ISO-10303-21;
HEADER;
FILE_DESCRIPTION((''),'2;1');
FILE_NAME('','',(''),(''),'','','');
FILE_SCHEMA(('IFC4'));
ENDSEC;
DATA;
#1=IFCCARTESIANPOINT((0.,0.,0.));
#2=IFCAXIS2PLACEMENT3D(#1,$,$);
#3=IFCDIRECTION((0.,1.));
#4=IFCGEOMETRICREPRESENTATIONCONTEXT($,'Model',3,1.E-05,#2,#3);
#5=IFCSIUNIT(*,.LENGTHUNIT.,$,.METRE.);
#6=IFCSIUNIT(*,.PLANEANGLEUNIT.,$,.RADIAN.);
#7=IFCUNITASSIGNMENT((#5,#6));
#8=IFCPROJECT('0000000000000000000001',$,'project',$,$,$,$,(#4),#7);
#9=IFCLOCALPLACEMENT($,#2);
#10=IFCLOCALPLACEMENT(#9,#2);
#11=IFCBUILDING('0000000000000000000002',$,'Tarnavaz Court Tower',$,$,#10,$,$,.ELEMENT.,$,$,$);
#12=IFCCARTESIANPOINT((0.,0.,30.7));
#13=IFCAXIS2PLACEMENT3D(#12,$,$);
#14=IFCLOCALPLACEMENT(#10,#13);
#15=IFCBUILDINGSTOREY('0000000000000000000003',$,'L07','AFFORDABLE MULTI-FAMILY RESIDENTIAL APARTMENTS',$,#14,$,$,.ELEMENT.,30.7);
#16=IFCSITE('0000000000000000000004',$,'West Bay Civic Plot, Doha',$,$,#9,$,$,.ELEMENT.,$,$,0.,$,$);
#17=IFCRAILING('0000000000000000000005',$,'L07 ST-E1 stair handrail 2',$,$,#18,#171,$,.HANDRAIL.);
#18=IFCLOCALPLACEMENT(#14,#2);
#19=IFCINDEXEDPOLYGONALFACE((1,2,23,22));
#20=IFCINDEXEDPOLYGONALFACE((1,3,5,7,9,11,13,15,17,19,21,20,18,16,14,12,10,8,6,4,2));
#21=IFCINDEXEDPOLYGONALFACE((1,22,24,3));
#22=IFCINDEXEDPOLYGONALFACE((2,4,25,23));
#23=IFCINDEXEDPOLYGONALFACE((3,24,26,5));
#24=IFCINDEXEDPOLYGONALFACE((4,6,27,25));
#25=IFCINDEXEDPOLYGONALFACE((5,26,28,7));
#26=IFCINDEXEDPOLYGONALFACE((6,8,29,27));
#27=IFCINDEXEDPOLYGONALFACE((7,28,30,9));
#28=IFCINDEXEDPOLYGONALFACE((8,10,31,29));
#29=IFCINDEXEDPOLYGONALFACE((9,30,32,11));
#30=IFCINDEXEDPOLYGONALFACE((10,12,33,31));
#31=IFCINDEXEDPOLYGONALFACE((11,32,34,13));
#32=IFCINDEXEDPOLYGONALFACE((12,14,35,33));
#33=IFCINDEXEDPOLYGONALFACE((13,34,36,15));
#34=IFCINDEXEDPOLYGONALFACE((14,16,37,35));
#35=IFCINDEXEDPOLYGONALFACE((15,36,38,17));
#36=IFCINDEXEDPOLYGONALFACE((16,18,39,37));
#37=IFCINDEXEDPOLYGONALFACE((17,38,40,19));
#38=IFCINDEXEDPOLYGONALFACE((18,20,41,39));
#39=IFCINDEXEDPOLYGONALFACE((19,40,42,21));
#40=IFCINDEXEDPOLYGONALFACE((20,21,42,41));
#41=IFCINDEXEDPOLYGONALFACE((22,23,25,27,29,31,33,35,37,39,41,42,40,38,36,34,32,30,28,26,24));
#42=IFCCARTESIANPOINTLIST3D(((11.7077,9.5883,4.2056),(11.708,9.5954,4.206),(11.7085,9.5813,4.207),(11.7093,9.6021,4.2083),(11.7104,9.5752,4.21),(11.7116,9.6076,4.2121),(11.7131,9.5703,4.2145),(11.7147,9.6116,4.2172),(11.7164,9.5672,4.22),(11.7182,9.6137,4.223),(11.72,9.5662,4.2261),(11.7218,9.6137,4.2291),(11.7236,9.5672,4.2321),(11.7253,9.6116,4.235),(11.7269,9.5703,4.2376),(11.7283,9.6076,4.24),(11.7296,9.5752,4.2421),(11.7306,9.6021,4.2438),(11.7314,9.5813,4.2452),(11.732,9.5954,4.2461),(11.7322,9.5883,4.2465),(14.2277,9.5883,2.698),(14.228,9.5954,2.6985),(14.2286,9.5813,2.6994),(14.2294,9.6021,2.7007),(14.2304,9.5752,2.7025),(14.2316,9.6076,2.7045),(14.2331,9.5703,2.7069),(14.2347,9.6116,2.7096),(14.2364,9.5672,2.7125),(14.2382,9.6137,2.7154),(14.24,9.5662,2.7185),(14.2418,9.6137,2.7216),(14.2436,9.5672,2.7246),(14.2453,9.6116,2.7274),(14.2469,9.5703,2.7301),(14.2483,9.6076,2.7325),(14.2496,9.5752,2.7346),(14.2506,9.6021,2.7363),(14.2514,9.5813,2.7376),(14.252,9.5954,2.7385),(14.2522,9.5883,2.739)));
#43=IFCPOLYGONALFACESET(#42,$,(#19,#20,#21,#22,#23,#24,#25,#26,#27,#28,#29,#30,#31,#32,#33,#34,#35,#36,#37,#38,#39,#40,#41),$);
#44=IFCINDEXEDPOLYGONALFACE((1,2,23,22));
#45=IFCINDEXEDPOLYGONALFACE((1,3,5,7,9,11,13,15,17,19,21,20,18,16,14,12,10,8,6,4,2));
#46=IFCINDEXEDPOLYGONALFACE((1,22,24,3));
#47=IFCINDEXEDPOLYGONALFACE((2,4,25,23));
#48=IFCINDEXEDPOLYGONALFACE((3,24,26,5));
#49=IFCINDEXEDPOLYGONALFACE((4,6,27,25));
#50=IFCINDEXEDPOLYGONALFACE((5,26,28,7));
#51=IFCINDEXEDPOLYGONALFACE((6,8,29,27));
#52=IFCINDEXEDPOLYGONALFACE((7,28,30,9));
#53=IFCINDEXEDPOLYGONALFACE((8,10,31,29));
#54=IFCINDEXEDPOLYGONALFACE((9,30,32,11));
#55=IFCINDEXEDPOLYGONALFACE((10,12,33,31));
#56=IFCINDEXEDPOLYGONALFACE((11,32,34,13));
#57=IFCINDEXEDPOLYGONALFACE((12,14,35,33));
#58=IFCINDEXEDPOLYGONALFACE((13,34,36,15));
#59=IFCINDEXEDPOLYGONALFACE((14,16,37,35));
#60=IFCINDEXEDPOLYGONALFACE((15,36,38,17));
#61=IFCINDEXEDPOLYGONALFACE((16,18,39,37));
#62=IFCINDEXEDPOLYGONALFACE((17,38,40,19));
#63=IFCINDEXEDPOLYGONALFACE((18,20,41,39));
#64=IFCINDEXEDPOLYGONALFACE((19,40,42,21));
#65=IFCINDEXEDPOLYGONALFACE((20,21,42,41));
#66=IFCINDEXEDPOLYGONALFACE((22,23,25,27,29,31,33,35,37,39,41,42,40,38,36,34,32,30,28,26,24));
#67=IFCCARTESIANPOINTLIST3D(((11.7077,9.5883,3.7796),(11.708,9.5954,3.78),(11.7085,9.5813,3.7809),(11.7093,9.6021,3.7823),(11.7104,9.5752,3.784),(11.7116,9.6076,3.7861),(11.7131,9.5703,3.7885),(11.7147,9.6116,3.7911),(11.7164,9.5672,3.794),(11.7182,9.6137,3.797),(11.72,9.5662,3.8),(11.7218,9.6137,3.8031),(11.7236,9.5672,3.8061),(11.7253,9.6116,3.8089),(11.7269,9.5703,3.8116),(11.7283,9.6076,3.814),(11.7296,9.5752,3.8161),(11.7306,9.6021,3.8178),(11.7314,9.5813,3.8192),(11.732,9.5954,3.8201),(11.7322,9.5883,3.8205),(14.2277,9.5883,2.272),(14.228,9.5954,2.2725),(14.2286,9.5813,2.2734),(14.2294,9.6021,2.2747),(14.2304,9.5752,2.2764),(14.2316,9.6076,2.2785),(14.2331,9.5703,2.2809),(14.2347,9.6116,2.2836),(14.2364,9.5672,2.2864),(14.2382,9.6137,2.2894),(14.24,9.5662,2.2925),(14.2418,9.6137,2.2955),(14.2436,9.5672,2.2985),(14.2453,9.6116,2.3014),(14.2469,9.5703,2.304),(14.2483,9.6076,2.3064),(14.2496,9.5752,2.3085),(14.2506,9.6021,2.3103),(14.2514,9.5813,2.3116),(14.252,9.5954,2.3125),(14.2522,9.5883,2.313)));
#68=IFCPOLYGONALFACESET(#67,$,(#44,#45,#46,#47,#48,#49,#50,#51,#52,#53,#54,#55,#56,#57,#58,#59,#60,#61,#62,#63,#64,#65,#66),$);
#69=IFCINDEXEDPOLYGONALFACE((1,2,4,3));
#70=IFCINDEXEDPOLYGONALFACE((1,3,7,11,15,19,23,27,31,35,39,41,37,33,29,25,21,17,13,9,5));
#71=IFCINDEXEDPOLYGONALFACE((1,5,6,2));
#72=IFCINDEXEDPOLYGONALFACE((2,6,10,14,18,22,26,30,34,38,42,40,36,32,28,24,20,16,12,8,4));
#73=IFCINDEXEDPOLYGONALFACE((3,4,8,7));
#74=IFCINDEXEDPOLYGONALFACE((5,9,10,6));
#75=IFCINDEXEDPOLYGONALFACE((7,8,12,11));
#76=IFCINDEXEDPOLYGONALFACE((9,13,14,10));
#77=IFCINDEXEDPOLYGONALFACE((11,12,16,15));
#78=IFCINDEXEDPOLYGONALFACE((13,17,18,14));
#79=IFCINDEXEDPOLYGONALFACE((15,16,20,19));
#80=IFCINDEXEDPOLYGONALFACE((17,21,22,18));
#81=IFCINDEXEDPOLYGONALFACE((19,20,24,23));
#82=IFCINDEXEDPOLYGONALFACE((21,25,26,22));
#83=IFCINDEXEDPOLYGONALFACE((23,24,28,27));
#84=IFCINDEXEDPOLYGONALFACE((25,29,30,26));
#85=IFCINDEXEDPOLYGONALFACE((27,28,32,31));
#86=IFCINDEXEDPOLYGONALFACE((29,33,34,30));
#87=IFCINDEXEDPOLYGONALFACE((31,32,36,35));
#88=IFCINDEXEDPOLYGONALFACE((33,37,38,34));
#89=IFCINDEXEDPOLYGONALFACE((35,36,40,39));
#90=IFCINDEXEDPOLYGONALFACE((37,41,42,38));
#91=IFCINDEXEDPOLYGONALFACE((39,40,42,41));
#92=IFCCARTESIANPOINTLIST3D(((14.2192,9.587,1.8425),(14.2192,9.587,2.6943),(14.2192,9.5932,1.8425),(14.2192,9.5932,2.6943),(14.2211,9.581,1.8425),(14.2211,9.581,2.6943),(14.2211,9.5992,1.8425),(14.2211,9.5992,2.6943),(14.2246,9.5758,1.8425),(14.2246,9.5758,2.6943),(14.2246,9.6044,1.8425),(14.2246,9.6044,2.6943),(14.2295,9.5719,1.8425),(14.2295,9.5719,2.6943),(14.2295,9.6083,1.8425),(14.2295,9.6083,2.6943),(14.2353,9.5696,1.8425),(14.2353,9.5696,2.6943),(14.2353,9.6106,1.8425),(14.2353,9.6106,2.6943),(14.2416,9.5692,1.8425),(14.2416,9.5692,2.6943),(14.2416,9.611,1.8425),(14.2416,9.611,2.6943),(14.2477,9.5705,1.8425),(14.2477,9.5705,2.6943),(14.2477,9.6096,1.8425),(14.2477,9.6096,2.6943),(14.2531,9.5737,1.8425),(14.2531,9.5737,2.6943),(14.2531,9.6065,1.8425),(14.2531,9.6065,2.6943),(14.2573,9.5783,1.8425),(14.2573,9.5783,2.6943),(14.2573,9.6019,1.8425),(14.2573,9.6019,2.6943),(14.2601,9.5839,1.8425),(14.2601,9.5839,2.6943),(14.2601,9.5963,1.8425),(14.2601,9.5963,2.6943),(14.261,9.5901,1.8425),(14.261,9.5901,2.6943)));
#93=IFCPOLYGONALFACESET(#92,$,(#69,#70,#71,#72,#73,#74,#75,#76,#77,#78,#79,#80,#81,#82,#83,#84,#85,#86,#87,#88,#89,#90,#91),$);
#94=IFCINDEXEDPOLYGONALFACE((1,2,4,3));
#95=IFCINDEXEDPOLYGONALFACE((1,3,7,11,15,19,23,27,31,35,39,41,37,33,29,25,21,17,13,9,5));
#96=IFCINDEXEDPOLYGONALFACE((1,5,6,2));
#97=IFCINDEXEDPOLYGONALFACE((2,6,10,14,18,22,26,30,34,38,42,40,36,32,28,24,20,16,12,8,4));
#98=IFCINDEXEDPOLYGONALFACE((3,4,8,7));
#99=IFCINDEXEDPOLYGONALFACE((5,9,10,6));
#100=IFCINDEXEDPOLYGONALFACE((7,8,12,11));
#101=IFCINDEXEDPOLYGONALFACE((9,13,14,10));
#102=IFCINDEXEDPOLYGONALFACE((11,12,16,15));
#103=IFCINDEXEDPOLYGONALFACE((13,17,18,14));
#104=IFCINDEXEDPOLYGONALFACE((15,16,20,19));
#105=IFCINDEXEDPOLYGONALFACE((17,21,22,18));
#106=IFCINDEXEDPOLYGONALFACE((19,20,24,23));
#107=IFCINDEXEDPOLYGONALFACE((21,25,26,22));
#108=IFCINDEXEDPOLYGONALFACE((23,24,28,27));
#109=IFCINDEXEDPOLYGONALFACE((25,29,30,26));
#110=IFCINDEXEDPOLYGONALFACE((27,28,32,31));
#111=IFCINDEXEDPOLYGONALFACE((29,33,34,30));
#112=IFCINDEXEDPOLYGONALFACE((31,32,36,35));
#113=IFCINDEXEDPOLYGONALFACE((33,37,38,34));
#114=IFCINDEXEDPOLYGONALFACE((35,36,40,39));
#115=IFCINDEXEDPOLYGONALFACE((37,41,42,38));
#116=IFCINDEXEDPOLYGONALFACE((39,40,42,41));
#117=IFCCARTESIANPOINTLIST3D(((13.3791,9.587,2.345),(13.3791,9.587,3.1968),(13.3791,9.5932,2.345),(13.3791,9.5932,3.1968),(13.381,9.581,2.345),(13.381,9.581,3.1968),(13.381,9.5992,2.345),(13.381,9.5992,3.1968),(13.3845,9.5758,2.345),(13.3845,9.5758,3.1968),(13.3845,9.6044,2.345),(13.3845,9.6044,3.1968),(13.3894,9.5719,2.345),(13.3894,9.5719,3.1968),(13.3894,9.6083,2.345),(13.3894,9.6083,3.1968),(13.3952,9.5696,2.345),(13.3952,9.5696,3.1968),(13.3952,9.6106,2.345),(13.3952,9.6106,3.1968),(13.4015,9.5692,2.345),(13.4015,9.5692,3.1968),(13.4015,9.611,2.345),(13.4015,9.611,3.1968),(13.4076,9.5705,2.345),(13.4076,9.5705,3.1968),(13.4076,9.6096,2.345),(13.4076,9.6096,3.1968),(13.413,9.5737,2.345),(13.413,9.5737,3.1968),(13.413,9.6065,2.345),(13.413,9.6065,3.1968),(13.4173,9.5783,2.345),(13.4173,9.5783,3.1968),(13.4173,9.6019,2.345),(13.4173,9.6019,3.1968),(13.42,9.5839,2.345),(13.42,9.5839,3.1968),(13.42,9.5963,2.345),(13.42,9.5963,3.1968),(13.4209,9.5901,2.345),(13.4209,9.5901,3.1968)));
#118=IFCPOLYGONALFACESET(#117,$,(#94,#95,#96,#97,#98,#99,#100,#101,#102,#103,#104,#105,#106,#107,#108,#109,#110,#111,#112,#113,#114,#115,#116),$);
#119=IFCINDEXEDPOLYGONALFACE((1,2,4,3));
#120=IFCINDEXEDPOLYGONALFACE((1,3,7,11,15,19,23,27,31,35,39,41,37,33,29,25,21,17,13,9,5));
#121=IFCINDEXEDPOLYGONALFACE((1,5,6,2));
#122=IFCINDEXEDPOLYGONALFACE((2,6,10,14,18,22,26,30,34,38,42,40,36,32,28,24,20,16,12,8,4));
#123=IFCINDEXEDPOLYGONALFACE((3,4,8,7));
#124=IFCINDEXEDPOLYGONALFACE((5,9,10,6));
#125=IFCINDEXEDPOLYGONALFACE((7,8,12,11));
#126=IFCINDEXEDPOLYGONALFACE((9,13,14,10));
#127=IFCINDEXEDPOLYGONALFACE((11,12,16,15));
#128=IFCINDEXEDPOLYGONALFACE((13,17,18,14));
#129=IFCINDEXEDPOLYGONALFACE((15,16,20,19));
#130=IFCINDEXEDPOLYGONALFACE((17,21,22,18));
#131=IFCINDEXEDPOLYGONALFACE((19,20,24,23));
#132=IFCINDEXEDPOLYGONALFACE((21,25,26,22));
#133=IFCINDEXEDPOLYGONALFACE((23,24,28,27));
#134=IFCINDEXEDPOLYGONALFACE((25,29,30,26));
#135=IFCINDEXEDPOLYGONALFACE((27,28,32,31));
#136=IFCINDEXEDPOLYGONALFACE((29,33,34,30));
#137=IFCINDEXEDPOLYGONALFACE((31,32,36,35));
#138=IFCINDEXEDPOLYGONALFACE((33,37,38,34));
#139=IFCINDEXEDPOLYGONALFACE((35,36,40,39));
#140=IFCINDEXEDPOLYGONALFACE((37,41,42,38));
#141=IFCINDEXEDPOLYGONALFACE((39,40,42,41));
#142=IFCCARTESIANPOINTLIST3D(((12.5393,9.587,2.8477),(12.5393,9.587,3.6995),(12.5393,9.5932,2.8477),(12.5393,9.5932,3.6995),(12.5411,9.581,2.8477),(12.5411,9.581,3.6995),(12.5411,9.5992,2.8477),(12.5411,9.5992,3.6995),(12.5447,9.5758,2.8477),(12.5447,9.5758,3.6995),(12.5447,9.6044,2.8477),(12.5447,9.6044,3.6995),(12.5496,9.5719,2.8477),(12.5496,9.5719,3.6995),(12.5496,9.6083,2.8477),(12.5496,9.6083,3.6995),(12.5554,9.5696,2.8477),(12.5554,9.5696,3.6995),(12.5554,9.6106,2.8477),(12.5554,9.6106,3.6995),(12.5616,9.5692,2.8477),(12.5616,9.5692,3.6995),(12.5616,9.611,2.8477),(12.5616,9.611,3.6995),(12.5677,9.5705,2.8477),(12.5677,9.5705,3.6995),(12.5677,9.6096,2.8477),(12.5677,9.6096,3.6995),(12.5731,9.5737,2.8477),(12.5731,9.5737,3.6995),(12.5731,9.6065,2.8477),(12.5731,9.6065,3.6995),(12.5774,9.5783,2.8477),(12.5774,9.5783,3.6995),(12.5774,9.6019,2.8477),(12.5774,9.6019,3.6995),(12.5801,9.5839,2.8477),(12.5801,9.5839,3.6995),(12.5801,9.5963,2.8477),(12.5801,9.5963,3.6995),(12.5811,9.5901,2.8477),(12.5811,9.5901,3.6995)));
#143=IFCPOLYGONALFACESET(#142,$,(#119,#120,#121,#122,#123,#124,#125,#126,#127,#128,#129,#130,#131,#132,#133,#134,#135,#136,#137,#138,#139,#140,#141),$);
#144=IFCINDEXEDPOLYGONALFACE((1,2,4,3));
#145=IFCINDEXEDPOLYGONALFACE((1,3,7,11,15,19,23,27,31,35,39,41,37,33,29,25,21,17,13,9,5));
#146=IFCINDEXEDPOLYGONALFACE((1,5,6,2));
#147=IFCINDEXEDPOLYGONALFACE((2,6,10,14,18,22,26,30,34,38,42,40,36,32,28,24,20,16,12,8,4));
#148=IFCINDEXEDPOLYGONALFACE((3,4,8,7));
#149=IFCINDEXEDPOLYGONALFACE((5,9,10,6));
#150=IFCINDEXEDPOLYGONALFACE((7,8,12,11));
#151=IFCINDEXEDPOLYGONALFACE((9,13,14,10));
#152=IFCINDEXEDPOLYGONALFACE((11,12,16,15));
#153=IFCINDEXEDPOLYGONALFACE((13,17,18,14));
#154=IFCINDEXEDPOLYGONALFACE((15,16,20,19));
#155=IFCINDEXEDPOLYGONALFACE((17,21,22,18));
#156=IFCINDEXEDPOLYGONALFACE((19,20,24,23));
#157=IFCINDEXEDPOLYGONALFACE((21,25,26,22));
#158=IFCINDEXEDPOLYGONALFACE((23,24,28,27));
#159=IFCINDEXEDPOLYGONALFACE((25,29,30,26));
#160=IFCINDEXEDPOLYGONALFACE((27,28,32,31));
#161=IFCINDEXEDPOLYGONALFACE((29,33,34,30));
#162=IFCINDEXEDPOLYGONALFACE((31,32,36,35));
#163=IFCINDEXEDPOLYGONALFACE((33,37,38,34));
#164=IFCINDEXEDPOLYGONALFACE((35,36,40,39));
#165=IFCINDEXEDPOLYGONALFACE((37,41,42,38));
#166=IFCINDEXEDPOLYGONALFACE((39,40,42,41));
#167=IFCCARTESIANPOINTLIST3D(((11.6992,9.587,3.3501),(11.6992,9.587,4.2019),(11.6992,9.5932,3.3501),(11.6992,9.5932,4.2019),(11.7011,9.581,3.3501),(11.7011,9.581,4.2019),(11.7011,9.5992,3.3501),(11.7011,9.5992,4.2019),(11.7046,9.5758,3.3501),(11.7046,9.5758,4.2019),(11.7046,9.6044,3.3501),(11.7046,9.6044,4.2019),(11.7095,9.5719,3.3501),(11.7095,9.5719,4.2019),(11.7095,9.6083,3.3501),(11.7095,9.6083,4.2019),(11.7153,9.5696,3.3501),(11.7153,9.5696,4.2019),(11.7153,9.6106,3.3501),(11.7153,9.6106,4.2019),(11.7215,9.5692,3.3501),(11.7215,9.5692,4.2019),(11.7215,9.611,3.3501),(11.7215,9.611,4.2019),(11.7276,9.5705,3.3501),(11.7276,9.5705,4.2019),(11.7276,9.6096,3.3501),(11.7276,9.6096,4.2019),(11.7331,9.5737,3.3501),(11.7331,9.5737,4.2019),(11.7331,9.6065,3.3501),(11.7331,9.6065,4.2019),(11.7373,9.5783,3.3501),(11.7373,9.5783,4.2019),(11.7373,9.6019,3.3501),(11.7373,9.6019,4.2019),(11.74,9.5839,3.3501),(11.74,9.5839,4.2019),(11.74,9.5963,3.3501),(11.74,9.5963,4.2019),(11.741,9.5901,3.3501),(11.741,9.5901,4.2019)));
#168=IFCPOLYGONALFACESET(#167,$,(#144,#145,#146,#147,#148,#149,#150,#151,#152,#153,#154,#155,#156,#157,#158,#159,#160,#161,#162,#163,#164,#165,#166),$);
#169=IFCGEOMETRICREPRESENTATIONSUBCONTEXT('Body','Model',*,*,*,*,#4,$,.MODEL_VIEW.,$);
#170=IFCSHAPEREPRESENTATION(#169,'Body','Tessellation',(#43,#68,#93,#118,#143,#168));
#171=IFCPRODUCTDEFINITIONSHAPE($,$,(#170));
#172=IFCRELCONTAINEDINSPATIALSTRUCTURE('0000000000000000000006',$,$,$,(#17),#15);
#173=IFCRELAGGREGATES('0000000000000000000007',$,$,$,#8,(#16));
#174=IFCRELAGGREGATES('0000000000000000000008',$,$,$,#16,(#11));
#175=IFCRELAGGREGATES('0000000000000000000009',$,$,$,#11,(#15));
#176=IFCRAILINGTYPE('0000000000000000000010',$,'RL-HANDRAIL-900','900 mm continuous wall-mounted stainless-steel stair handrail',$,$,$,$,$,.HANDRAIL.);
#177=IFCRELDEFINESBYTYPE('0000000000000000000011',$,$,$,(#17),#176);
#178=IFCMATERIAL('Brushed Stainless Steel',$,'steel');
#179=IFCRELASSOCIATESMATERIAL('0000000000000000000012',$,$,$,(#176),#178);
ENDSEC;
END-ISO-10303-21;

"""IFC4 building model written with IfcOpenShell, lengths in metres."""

from ifc_helpers import new_model, si_unit, direction, frame, origin, origin_2d, place, context, subcontext, project, spatial, circle, extrude, material, type_object, element, save


model = new_model("IFC4")

# Units and contexts
model_context = context("Model", 3, precision=1e-05, world=origin(), true_north=direction((0.0, 1.0)))
body_context = subcontext(model_context, "Body", "Model", "MODEL_VIEW")
ifc_project = project(units=[si_unit("LENGTHUNIT", "METRE"), si_unit("PLANEANGLEUNIT", "RADIAN")], contexts=[model_context])

# Site, building, storey
site_placement = place(None, origin())
site = spatial("IfcSite", under=ifc_project, at=site_placement, Name="West Bay Civic Plot, Doha", CompositionType="ELEMENT", RefElevation=0.0)
building_placement = place(site_placement, origin())
building = spatial("IfcBuilding", under=site, at=building_placement, Name="Tarnavaz Court Tower", CompositionType="ELEMENT")
storey_placement = place(building_placement, frame((0.0, 0.0, 30.7)))
storey = spatial("IfcBuildingStorey", under=building, at=storey_placement, Name="L07", Description="AFFORDABLE MULTI-FAMILY RESIDENTIAL APARTMENTS", CompositionType="ELEMENT", Elevation=30.7)

# Railing
ifc_material_1 = material(Name="Brushed Stainless Steel", Category="steel")
railing_type_1 = type_object("IfcRailingType", Name="RL-HANDRAIL-900", Description="900 mm continuous wall-mounted stainless-steel stair handrail", PredefinedType="HANDRAIL", material=ifc_material_1)
railing_1_placement = place(storey_placement, frame((14.24, 9.5901, 1.8425)))
element("IfcRailing", 1, at=railing_1_placement, inside=storey, type_object=railing_type_1, Name="L07 ST-E1 stair handrail 2", PredefinedType="HANDRAIL", context=body_context, shape_type="SweptSolid", body=[
    extrude(circle(Radius=0.0239, at=origin_2d()), frame((0.0, 0.0, 0.876), z_axis=(-0.85816, 0.0, 0.513383), x_axis=(0.0, -1.0, 0.0)), (0.0, 0.0, 1.0), 2.9365),
    extrude(circle(Radius=0.0239, at=origin_2d()), frame((0.0, 0.0, 0.45), z_axis=(-0.85816, 0.0, 0.513383), x_axis=(0.0, -1.0, 0.0)), (0.0, 0.0, 1.0), 2.9365),
    extrude(circle(Radius=0.021, at=origin_2d()), origin(), (0.0, 0.0, 1.0), 0.8518),
    extrude(circle(Radius=0.021, at=origin_2d()), frame((-0.8401, 0.0, 0.5024)), (0.0, 0.0, 1.0), 0.8518),
    extrude(circle(Radius=0.021, at=origin_2d()), frame((-1.6799, 0.0, 1.0051)), (0.0, 0.0, 1.0), 0.8518),
    extrude(circle(Radius=0.021, at=origin_2d()), frame((-2.52, 0.0, 1.5076)), (0.0, 0.0, 1.0), 0.8518),
])

save(model, "model.ifc")
